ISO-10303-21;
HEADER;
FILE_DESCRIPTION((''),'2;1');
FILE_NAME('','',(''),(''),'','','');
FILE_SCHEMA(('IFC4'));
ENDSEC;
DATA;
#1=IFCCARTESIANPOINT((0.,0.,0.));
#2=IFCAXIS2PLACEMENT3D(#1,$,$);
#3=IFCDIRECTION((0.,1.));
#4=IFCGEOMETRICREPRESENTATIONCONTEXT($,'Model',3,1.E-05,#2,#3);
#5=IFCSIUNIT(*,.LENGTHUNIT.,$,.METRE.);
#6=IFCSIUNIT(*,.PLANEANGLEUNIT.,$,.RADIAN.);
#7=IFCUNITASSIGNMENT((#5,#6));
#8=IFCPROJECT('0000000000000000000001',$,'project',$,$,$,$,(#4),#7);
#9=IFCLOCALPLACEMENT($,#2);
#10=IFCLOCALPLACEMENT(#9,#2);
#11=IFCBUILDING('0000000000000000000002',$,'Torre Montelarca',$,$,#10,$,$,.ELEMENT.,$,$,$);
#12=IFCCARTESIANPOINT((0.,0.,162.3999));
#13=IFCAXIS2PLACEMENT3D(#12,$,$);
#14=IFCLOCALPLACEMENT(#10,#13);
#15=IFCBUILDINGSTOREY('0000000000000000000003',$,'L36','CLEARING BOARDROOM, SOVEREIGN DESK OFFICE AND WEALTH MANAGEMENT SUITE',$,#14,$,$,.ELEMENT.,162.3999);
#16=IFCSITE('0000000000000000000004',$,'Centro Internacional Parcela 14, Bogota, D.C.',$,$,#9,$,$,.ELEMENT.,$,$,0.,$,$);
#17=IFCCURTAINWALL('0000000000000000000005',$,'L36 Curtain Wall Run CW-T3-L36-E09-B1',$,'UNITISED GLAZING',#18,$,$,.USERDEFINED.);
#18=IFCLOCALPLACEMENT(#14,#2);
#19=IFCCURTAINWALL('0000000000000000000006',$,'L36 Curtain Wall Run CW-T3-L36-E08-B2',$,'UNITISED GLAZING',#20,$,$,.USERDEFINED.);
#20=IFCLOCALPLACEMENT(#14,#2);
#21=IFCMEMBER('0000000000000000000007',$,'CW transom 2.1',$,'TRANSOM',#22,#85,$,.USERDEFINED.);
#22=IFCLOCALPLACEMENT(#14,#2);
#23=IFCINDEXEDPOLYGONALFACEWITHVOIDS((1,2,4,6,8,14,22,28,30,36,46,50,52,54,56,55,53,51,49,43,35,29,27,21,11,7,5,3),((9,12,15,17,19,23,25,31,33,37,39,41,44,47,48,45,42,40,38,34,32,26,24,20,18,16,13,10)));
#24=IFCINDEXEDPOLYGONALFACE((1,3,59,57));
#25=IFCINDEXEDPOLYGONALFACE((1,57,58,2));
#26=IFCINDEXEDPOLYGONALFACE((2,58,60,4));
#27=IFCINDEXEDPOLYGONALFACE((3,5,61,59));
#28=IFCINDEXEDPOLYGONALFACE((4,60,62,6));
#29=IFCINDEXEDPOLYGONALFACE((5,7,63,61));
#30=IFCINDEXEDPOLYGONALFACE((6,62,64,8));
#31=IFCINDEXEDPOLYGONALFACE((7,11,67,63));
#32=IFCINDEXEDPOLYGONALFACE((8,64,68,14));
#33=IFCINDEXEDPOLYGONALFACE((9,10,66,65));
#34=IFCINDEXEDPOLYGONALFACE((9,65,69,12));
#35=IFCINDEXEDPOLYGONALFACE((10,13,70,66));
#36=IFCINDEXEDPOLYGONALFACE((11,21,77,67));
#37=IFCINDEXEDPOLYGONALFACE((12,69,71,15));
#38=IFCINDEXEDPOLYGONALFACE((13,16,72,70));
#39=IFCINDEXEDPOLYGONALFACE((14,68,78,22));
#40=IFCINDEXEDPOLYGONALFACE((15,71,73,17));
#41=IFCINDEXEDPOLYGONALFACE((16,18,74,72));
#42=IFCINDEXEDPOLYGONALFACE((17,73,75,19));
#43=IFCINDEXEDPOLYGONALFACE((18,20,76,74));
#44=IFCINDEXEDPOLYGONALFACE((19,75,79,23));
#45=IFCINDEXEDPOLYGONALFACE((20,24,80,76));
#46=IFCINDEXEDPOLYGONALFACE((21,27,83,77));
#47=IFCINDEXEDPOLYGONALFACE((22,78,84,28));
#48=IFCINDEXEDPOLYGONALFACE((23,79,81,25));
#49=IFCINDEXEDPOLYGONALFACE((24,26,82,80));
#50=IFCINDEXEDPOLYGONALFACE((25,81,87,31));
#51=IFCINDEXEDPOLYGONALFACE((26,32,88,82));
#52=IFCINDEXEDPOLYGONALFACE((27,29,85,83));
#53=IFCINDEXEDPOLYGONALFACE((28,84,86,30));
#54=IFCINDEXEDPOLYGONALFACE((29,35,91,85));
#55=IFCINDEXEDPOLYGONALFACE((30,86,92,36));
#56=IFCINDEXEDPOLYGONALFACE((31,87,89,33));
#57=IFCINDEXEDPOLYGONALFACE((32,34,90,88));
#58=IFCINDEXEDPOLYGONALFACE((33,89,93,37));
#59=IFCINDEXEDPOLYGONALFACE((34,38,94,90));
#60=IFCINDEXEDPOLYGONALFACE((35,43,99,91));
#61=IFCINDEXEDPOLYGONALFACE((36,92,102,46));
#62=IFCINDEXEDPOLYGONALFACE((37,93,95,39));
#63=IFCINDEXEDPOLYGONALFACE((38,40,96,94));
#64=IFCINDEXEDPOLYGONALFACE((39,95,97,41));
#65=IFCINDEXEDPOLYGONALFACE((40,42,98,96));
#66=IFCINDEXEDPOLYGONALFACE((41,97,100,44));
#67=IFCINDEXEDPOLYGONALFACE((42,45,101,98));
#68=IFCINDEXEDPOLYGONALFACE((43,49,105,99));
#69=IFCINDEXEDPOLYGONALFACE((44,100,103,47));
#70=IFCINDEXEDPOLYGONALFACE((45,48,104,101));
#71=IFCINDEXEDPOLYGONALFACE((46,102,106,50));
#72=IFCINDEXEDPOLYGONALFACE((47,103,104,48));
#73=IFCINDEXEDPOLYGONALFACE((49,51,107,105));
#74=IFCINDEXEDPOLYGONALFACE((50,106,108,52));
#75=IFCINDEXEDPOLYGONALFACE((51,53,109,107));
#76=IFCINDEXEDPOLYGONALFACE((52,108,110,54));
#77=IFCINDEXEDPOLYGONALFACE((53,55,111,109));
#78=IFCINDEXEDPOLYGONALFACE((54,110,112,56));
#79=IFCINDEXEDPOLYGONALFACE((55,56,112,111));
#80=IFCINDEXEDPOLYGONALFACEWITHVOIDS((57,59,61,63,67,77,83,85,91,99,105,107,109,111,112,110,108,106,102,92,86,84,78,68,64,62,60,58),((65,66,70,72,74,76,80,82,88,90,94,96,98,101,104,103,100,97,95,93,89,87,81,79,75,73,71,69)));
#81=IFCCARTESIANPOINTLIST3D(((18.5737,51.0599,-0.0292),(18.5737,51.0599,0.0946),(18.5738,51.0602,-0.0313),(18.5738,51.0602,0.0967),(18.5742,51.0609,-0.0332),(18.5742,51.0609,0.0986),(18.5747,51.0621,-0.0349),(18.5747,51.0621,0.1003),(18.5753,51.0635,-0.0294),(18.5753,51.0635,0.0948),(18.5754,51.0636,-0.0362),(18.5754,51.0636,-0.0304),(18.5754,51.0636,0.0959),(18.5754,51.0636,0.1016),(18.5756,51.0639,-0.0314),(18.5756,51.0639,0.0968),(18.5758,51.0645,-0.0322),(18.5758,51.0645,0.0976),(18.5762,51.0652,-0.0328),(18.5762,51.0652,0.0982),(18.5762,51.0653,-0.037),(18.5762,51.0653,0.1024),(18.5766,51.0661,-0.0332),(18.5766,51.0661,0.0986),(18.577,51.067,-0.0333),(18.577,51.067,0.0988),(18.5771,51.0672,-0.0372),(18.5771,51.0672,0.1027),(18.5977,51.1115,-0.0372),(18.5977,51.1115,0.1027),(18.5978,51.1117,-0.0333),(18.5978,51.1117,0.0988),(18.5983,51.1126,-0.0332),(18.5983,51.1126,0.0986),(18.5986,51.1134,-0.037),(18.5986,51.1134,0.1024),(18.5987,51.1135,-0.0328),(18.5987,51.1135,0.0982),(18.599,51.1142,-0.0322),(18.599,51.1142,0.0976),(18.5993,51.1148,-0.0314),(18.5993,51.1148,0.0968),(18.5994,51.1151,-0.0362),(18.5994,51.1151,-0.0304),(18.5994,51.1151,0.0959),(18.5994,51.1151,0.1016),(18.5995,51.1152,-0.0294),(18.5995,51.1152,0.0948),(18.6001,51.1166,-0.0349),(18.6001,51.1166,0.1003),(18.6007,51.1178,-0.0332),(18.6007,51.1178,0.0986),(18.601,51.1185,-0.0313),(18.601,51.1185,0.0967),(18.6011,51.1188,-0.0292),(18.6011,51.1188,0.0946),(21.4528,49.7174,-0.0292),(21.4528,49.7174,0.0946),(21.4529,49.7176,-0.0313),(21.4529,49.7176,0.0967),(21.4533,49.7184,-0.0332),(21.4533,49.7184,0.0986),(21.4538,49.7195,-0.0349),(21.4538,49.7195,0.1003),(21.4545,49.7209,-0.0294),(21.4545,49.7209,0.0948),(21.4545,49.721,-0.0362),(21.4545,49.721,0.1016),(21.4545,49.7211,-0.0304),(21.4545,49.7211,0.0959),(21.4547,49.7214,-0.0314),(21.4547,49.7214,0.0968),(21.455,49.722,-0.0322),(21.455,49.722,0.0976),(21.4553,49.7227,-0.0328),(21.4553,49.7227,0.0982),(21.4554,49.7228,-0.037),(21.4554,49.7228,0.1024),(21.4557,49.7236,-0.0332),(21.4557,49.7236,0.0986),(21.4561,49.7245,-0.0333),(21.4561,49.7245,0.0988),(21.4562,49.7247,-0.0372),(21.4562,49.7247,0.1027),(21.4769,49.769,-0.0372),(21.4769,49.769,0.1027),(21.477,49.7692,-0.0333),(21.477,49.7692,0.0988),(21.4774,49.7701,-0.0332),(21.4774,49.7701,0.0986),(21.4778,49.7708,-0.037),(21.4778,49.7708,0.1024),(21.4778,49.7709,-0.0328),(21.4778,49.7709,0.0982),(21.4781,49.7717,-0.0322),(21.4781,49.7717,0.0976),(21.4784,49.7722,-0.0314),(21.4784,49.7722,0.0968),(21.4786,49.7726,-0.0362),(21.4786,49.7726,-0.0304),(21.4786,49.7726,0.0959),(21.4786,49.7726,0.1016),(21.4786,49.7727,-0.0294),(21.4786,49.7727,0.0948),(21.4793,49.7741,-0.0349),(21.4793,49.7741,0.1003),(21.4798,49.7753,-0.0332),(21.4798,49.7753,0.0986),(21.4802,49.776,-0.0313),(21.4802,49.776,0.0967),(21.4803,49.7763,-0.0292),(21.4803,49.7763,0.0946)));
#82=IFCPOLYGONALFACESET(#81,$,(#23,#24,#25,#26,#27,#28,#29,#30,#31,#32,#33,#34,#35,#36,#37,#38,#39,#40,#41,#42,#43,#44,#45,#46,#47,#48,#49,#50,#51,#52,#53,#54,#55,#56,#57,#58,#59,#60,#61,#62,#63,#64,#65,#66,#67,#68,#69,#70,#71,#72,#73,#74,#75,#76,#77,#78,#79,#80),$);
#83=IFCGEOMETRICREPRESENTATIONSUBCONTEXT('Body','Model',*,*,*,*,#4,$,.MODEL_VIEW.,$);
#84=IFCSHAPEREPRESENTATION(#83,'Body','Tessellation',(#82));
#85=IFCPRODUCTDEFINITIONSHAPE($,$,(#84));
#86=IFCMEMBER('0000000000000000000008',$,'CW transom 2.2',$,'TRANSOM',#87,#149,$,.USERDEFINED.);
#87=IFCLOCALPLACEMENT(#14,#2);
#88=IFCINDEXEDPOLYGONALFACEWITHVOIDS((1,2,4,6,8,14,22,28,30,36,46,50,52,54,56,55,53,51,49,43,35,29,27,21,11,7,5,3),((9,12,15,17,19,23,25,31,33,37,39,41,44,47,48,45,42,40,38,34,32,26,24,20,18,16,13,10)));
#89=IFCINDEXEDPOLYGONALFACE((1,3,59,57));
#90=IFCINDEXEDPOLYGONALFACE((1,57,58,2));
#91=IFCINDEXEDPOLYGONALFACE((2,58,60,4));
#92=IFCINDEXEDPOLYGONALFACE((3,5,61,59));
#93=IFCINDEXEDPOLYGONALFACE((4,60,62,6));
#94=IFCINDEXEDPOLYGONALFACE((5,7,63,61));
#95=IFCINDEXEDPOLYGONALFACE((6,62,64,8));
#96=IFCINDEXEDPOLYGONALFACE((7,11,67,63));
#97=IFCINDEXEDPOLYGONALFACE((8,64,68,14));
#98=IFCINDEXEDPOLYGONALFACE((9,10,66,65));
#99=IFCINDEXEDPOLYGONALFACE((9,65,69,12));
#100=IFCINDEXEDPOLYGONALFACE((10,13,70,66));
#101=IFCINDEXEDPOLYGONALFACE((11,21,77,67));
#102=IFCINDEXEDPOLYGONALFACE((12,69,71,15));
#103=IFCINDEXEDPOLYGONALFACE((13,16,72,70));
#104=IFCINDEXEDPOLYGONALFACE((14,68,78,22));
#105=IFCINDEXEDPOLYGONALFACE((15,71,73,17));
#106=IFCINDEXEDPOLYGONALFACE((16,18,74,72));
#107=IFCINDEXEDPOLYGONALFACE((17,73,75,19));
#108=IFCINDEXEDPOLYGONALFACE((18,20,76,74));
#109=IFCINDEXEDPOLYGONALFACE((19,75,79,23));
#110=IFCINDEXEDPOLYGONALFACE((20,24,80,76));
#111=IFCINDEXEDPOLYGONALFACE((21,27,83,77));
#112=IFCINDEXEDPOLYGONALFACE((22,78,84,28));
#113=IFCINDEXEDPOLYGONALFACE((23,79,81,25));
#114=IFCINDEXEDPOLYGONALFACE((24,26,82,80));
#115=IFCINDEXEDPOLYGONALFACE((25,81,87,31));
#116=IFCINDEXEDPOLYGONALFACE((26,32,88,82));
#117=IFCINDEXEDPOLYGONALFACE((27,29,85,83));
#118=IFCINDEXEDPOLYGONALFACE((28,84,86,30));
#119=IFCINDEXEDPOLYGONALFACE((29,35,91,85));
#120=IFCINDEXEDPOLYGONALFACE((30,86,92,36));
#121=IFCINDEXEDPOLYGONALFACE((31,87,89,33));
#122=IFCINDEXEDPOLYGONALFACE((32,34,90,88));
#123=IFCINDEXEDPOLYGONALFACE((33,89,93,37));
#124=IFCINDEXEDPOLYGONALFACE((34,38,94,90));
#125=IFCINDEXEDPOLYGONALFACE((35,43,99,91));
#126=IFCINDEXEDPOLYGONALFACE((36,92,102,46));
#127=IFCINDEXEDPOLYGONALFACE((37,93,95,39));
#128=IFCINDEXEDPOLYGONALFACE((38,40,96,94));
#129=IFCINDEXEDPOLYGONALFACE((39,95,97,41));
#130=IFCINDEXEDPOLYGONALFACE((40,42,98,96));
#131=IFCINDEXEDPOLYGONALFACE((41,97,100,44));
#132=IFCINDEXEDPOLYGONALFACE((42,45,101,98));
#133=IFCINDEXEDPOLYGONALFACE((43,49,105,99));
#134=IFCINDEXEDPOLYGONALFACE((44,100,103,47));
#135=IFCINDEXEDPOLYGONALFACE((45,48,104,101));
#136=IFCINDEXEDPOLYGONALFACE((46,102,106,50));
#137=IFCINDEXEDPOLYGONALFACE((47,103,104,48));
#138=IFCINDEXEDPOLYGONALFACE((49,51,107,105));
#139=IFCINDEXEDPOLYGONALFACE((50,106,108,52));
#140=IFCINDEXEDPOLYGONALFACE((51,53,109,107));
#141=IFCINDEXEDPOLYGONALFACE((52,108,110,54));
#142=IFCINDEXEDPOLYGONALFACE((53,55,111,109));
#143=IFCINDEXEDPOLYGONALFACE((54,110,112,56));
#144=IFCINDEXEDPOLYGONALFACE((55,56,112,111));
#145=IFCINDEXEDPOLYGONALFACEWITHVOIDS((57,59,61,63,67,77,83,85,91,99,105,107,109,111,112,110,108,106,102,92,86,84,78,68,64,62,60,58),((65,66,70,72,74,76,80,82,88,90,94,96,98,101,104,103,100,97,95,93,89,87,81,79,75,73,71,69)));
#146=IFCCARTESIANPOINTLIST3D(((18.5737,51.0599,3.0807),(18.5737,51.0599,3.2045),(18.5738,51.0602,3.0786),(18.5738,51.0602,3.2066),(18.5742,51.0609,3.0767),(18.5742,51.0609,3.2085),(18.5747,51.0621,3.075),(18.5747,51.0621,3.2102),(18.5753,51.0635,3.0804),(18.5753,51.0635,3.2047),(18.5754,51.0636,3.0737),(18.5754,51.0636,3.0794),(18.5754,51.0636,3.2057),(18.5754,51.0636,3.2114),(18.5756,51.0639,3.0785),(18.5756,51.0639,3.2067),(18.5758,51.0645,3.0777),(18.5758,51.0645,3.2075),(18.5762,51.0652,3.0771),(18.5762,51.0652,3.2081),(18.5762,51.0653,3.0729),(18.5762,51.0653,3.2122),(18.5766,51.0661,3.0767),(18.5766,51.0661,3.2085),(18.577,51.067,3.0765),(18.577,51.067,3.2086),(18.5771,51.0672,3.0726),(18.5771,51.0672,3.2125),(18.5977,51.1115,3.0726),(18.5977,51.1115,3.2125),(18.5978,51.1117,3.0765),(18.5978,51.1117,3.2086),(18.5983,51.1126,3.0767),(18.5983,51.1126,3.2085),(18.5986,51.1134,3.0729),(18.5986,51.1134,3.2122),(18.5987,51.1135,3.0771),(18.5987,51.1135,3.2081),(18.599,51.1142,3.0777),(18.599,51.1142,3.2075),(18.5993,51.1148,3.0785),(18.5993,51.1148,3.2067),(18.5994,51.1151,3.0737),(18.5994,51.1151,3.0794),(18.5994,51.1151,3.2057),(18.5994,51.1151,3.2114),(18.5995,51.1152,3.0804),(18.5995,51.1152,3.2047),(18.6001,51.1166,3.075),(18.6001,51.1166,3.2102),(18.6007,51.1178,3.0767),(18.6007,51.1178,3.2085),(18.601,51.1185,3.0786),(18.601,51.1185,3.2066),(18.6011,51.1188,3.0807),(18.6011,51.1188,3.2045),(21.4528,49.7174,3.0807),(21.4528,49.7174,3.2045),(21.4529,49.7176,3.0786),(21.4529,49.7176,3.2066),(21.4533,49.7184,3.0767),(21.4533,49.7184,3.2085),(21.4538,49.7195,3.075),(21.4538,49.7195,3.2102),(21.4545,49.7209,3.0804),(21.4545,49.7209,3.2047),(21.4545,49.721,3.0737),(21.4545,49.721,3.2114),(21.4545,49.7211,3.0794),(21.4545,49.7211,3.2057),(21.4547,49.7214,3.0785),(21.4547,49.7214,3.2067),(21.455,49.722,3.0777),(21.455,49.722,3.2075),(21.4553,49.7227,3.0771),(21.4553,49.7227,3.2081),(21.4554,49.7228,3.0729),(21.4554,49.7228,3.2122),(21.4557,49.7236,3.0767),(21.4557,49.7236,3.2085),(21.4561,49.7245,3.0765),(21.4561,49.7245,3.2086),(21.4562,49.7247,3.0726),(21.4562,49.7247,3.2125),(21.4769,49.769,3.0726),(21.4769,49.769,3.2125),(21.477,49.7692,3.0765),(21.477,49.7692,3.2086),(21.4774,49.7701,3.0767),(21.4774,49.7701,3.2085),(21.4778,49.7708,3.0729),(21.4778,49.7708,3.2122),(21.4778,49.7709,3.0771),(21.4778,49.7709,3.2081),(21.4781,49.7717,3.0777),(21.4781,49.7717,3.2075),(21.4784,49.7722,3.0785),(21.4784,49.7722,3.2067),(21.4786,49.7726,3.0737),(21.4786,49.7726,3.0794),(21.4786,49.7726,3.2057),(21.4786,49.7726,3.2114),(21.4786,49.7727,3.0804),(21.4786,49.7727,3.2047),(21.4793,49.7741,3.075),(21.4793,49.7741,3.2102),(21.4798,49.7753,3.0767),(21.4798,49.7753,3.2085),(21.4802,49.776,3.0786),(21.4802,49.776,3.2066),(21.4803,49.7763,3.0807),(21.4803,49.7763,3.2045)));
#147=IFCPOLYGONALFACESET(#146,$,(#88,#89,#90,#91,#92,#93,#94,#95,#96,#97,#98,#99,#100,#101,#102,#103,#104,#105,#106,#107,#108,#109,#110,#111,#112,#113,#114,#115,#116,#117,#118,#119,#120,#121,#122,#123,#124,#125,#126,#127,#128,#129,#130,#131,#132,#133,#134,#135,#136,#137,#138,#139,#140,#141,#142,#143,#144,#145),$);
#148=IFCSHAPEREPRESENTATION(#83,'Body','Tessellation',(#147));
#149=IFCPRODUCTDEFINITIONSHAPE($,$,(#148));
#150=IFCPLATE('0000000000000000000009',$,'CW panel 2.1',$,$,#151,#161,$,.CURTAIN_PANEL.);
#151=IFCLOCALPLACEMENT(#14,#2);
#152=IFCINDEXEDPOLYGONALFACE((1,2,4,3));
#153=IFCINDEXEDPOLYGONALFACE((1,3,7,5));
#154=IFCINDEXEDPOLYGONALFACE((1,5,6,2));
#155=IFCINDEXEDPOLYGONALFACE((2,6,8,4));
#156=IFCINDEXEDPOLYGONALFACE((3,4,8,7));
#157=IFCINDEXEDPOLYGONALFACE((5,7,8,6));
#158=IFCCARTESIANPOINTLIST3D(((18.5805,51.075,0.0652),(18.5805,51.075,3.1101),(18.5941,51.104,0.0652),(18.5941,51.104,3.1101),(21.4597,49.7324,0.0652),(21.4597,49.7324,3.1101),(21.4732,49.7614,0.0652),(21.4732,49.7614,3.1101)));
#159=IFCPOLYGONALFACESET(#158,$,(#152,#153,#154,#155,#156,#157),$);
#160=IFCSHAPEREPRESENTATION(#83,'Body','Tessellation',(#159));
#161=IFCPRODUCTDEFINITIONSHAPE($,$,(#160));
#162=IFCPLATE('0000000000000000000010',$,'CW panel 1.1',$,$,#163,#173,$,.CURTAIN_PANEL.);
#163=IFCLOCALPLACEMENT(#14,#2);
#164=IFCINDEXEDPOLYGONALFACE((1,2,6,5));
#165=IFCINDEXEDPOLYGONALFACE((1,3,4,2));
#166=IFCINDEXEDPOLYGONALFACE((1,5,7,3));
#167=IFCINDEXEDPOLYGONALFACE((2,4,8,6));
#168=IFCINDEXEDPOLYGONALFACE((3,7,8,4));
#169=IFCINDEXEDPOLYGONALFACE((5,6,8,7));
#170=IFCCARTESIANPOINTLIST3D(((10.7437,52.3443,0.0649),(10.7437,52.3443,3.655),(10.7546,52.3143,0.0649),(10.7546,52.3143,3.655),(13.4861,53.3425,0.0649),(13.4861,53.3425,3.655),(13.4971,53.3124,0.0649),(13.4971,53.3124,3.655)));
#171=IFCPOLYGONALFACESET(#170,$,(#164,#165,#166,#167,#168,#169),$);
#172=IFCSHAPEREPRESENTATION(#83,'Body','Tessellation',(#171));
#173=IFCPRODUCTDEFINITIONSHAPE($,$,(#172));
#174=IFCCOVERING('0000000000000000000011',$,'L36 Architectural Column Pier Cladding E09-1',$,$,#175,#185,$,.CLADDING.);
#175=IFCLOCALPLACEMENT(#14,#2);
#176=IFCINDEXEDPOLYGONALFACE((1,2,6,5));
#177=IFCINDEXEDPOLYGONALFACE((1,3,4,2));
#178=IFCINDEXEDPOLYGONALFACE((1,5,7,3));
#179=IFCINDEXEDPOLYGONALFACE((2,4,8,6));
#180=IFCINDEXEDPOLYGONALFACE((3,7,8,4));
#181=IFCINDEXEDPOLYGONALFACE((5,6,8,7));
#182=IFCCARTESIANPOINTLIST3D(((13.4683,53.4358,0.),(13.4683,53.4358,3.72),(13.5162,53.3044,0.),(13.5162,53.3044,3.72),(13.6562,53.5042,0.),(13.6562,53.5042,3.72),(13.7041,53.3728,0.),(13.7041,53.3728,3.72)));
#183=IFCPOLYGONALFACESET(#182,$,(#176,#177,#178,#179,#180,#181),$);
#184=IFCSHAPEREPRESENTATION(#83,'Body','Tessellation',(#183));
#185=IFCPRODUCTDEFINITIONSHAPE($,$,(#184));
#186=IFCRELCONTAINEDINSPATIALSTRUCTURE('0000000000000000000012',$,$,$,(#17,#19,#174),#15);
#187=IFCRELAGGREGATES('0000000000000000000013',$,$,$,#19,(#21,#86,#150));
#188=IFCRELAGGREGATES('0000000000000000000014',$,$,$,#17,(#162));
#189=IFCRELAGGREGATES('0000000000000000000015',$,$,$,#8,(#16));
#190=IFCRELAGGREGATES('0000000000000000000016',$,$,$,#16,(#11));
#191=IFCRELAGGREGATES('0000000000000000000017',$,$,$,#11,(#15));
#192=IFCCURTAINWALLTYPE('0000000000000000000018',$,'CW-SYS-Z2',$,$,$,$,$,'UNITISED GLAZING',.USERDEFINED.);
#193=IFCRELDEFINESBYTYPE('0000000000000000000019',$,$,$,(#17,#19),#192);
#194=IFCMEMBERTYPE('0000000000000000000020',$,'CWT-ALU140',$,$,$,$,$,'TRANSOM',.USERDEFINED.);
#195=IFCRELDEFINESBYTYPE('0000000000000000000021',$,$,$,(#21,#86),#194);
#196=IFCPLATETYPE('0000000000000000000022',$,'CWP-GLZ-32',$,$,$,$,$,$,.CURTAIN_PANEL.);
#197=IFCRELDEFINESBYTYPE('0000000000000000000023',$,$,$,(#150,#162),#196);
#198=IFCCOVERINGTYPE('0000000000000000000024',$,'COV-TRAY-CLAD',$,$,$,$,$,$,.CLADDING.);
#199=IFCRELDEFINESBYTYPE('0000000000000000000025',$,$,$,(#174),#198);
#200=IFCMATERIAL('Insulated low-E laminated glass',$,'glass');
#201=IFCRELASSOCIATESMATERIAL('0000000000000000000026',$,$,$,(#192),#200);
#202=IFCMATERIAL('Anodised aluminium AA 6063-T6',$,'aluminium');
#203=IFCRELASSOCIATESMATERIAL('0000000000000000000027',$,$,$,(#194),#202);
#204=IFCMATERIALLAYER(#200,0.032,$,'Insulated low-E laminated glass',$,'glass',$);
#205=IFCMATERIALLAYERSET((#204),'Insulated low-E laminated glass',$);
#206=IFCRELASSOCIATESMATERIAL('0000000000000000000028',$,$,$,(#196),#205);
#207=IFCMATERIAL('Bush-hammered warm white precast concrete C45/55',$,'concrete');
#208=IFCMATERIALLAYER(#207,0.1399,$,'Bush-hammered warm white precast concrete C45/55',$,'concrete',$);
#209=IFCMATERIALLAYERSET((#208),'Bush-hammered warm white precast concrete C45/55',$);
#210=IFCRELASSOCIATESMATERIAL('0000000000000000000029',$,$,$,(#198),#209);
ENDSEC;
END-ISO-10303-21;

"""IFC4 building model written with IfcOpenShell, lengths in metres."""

from ifc_helpers import new_model, si_unit, direction, frame, origin, origin_2d, place, context, subcontext, project, spatial, rectangle, hollow_rectangle, extrude, source, transform, mapped, material, layer, layer_set, material_profile, profile_set, type_object, element, aggregate, save


model = new_model("IFC4")

# Units and contexts
model_context = context("Model", 3, precision=1e-05, world=origin(), true_north=direction((0.0, 1.0)))
body_context = subcontext(model_context, "Body", "Model", "MODEL_VIEW")
ifc_project = project(units=[si_unit("LENGTHUNIT", "METRE"), si_unit("PLANEANGLEUNIT", "RADIAN")], contexts=[model_context])

# Site, building, storey
site_placement = place(None, origin())
site = spatial("IfcSite", under=ifc_project, at=site_placement, Name="Centro Internacional Parcela 14, Bogota, D.C.", CompositionType="ELEMENT", RefElevation=0.0)
building_placement = place(site_placement, origin())
building = spatial("IfcBuilding", under=site, at=building_placement, Name="Torre Montelarca", CompositionType="ELEMENT")
storey_placement = place(building_placement, frame((0.0, 0.0, 162.3999)))
storey = spatial("IfcBuildingStorey", under=building, at=storey_placement, Name="L36", Description="CLEARING BOARDROOM, SOVEREIGN DESK OFFICE AND WEALTH MANAGEMENT SUITE", CompositionType="ELEMENT", Elevation=162.3999)

# Curtain wall
ifc_material_1 = material(Name="Insulated low-E laminated glass", Category="glass")
curtain_wall_type = type_object("IfcCurtainWallType", Name="CW-SYS-Z2", ElementType="UNITISED GLAZING", PredefinedType="USERDEFINED", material=ifc_material_1)
curtain_wall_1_placement = place(storey_placement, origin())
curtain_wall_1 = element("IfcCurtainWall", 1, at=curtain_wall_1_placement, inside=storey, type_object=curtain_wall_type, Name="L36 Curtain Wall Run CW-T3-L36-E09-B1", ObjectType="UNITISED GLAZING", PredefinedType="USERDEFINED")
ifc_material_2 = material(Name="Anodised aluminium AA 6063-T6", Category="aluminium")
ifc_material_profile_1 = material_profile(ifc_material_2, hollow_rectangle(XDim=0.0649, YDim=0.1399, WallThickness=0.0039, InnerFilletRadius=0.0039, OuterFilletRadius=0.0081, at=origin_2d()), Name="ALU65X140X4", Category="aluminium")
ifc_profile_set_1 = profile_set([ifc_material_profile_1], Name="Anodised aluminium AA 6063-T6")
member_type_1 = type_object("IfcMemberType", Name="CWT-ALU140", ElementType="TRANSOM", PredefinedType="USERDEFINED", material=ifc_profile_set_1)

# Curtain wall, members, plate
curtain_wall_2_placement = place(storey_placement, origin())
curtain_wall_2 = element("IfcCurtainWall", 2, at=curtain_wall_2_placement, inside=storey, type_object=curtain_wall_type, Name="L36 Curtain Wall Run CW-T3-L36-E08-B2", ObjectType="UNITISED GLAZING", PredefinedType="USERDEFINED")
shared_shape_1 = source(origin(), body_context, "Body", "SweptSolid", [
    extrude(hollow_rectangle(XDim=0.0649, YDim=0.1399, WallThickness=0.0039, InnerFilletRadius=0.0039, OuterFilletRadius=0.0081, at=origin_2d()), origin(), (0.0, 0.0, 1.0), 3.1768),
])
member_1_placement = place(storey_placement, frame((21.4666, 49.7468, 0.0327), z_axis=(-0.906313, 0.422608, 0.0), x_axis=(-0.422608, -0.906313, 0.0)))
member_1 = element("IfcMember", 3, at=member_1_placement, type_object=member_type_1, Name="CW transom 2.1", ObjectType="TRANSOM", PredefinedType="USERDEFINED", context=body_context, shape_type="MappedRepresentation", body=[
    mapped(shared_shape_1, transform((0.0, 0.0, 0.0), scale=1.0)),
])
member_2_placement = place(storey_placement, frame((21.4666, 49.7468, 3.1426), z_axis=(-0.906313, 0.422608, 0.0), x_axis=(-0.422608, -0.906313, 0.0)))
member_2 = element("IfcMember", 4, at=member_2_placement, type_object=member_type_1, Name="CW transom 2.2", ObjectType="TRANSOM", PredefinedType="USERDEFINED", context=body_context, shape_type="MappedRepresentation", body=[
    mapped(shared_shape_1, transform((0.0, 0.0, 0.0), scale=1.0)),
])
ifc_layer_1 = layer(ifc_material_1, 0.032, Name="Insulated low-E laminated glass", Category="glass")
ifc_layer_set_1 = layer_set([ifc_layer_1], Name="Insulated low-E laminated glass")
plate_type = type_object("IfcPlateType", Name="CWP-GLZ-32", PredefinedType="CURTAIN_PANEL", material=ifc_layer_set_1)
shared_shape_2 = source(origin(), body_context, "Body", "SweptSolid", [
    extrude(rectangle(XDim=3.1768, YDim=0.032, at=origin_2d()), origin(), (0.0, 0.0, 1.0), 3.0449),
])
plate_1_placement = place(storey_placement, frame((20.0269, 50.4182, 0.0652), z_axis=(0.0, 0.0, 1.0), x_axis=(-0.906304, 0.422626, 0.0)))
plate_1 = element("IfcPlate", 5, at=plate_1_placement, type_object=plate_type, Name="CW panel 2.1", PredefinedType="CURTAIN_PANEL", context=body_context, shape_type="MappedRepresentation", body=[
    mapped(shared_shape_2, transform((0.0, 0.0, 0.0), scale=1.0)),
])
aggregate(curtain_wall_2, [member_1, member_2, plate_1])

# Plate
shared_shape_3 = source(origin(), body_context, "Body", "SweptSolid", [
    extrude(rectangle(XDim=2.9185, YDim=0.032, at=origin_2d()), origin(), (0.0, 0.0, 1.0), 3.5901),
])
plate_2_placement = place(storey_placement, frame((12.1204, 52.8284, 0.0649), z_axis=(0.0, 0.0, 1.0), x_axis=(-0.939692, -0.342021, 0.0)))
plate_2 = element("IfcPlate", 6, at=plate_2_placement, type_object=plate_type, Name="CW panel 1.1", PredefinedType="CURTAIN_PANEL", context=body_context, shape_type="MappedRepresentation", body=[
    mapped(shared_shape_3, transform((0.0, 0.0, 0.0), scale=1.0)),
])
aggregate(curtain_wall_1, [plate_2])

# Covering
ifc_material_3 = material(Name="Bush-hammered warm white precast concrete C45/55", Category="concrete")
ifc_layer_2 = layer(ifc_material_3, 0.1399, Name="Bush-hammered warm white precast concrete C45/55", Category="concrete")
ifc_layer_set_2 = layer_set([ifc_layer_2], Name="Bush-hammered warm white precast concrete C45/55")
covering_type = type_object("IfcCoveringType", Name="COV-TRAY-CLAD", PredefinedType="CLADDING", material=ifc_layer_set_2)
shared_shape_4 = source(origin(), body_context, "Body", "SweptSolid", [
    extrude(rectangle(XDim=0.2, YDim=0.1399, at=origin_2d()), origin(), (0.0, 0.0, 1.0), 3.72),
])
covering_1_placement = place(storey_placement, frame((13.5862, 53.4043, 0.0), z_axis=(0.0, 0.0, 1.0), x_axis=(-0.939694, -0.342017, 0.0)))
element("IfcCovering", 7, at=covering_1_placement, inside=storey, type_object=covering_type, Name="L36 Architectural Column Pier Cladding E09-1", PredefinedType="CLADDING", context=body_context, shape_type="MappedRepresentation", body=[
    mapped(shared_shape_4, transform((0.0, 0.0, 0.0), scale=1.0)),
])

save(model, "model.ifc")
